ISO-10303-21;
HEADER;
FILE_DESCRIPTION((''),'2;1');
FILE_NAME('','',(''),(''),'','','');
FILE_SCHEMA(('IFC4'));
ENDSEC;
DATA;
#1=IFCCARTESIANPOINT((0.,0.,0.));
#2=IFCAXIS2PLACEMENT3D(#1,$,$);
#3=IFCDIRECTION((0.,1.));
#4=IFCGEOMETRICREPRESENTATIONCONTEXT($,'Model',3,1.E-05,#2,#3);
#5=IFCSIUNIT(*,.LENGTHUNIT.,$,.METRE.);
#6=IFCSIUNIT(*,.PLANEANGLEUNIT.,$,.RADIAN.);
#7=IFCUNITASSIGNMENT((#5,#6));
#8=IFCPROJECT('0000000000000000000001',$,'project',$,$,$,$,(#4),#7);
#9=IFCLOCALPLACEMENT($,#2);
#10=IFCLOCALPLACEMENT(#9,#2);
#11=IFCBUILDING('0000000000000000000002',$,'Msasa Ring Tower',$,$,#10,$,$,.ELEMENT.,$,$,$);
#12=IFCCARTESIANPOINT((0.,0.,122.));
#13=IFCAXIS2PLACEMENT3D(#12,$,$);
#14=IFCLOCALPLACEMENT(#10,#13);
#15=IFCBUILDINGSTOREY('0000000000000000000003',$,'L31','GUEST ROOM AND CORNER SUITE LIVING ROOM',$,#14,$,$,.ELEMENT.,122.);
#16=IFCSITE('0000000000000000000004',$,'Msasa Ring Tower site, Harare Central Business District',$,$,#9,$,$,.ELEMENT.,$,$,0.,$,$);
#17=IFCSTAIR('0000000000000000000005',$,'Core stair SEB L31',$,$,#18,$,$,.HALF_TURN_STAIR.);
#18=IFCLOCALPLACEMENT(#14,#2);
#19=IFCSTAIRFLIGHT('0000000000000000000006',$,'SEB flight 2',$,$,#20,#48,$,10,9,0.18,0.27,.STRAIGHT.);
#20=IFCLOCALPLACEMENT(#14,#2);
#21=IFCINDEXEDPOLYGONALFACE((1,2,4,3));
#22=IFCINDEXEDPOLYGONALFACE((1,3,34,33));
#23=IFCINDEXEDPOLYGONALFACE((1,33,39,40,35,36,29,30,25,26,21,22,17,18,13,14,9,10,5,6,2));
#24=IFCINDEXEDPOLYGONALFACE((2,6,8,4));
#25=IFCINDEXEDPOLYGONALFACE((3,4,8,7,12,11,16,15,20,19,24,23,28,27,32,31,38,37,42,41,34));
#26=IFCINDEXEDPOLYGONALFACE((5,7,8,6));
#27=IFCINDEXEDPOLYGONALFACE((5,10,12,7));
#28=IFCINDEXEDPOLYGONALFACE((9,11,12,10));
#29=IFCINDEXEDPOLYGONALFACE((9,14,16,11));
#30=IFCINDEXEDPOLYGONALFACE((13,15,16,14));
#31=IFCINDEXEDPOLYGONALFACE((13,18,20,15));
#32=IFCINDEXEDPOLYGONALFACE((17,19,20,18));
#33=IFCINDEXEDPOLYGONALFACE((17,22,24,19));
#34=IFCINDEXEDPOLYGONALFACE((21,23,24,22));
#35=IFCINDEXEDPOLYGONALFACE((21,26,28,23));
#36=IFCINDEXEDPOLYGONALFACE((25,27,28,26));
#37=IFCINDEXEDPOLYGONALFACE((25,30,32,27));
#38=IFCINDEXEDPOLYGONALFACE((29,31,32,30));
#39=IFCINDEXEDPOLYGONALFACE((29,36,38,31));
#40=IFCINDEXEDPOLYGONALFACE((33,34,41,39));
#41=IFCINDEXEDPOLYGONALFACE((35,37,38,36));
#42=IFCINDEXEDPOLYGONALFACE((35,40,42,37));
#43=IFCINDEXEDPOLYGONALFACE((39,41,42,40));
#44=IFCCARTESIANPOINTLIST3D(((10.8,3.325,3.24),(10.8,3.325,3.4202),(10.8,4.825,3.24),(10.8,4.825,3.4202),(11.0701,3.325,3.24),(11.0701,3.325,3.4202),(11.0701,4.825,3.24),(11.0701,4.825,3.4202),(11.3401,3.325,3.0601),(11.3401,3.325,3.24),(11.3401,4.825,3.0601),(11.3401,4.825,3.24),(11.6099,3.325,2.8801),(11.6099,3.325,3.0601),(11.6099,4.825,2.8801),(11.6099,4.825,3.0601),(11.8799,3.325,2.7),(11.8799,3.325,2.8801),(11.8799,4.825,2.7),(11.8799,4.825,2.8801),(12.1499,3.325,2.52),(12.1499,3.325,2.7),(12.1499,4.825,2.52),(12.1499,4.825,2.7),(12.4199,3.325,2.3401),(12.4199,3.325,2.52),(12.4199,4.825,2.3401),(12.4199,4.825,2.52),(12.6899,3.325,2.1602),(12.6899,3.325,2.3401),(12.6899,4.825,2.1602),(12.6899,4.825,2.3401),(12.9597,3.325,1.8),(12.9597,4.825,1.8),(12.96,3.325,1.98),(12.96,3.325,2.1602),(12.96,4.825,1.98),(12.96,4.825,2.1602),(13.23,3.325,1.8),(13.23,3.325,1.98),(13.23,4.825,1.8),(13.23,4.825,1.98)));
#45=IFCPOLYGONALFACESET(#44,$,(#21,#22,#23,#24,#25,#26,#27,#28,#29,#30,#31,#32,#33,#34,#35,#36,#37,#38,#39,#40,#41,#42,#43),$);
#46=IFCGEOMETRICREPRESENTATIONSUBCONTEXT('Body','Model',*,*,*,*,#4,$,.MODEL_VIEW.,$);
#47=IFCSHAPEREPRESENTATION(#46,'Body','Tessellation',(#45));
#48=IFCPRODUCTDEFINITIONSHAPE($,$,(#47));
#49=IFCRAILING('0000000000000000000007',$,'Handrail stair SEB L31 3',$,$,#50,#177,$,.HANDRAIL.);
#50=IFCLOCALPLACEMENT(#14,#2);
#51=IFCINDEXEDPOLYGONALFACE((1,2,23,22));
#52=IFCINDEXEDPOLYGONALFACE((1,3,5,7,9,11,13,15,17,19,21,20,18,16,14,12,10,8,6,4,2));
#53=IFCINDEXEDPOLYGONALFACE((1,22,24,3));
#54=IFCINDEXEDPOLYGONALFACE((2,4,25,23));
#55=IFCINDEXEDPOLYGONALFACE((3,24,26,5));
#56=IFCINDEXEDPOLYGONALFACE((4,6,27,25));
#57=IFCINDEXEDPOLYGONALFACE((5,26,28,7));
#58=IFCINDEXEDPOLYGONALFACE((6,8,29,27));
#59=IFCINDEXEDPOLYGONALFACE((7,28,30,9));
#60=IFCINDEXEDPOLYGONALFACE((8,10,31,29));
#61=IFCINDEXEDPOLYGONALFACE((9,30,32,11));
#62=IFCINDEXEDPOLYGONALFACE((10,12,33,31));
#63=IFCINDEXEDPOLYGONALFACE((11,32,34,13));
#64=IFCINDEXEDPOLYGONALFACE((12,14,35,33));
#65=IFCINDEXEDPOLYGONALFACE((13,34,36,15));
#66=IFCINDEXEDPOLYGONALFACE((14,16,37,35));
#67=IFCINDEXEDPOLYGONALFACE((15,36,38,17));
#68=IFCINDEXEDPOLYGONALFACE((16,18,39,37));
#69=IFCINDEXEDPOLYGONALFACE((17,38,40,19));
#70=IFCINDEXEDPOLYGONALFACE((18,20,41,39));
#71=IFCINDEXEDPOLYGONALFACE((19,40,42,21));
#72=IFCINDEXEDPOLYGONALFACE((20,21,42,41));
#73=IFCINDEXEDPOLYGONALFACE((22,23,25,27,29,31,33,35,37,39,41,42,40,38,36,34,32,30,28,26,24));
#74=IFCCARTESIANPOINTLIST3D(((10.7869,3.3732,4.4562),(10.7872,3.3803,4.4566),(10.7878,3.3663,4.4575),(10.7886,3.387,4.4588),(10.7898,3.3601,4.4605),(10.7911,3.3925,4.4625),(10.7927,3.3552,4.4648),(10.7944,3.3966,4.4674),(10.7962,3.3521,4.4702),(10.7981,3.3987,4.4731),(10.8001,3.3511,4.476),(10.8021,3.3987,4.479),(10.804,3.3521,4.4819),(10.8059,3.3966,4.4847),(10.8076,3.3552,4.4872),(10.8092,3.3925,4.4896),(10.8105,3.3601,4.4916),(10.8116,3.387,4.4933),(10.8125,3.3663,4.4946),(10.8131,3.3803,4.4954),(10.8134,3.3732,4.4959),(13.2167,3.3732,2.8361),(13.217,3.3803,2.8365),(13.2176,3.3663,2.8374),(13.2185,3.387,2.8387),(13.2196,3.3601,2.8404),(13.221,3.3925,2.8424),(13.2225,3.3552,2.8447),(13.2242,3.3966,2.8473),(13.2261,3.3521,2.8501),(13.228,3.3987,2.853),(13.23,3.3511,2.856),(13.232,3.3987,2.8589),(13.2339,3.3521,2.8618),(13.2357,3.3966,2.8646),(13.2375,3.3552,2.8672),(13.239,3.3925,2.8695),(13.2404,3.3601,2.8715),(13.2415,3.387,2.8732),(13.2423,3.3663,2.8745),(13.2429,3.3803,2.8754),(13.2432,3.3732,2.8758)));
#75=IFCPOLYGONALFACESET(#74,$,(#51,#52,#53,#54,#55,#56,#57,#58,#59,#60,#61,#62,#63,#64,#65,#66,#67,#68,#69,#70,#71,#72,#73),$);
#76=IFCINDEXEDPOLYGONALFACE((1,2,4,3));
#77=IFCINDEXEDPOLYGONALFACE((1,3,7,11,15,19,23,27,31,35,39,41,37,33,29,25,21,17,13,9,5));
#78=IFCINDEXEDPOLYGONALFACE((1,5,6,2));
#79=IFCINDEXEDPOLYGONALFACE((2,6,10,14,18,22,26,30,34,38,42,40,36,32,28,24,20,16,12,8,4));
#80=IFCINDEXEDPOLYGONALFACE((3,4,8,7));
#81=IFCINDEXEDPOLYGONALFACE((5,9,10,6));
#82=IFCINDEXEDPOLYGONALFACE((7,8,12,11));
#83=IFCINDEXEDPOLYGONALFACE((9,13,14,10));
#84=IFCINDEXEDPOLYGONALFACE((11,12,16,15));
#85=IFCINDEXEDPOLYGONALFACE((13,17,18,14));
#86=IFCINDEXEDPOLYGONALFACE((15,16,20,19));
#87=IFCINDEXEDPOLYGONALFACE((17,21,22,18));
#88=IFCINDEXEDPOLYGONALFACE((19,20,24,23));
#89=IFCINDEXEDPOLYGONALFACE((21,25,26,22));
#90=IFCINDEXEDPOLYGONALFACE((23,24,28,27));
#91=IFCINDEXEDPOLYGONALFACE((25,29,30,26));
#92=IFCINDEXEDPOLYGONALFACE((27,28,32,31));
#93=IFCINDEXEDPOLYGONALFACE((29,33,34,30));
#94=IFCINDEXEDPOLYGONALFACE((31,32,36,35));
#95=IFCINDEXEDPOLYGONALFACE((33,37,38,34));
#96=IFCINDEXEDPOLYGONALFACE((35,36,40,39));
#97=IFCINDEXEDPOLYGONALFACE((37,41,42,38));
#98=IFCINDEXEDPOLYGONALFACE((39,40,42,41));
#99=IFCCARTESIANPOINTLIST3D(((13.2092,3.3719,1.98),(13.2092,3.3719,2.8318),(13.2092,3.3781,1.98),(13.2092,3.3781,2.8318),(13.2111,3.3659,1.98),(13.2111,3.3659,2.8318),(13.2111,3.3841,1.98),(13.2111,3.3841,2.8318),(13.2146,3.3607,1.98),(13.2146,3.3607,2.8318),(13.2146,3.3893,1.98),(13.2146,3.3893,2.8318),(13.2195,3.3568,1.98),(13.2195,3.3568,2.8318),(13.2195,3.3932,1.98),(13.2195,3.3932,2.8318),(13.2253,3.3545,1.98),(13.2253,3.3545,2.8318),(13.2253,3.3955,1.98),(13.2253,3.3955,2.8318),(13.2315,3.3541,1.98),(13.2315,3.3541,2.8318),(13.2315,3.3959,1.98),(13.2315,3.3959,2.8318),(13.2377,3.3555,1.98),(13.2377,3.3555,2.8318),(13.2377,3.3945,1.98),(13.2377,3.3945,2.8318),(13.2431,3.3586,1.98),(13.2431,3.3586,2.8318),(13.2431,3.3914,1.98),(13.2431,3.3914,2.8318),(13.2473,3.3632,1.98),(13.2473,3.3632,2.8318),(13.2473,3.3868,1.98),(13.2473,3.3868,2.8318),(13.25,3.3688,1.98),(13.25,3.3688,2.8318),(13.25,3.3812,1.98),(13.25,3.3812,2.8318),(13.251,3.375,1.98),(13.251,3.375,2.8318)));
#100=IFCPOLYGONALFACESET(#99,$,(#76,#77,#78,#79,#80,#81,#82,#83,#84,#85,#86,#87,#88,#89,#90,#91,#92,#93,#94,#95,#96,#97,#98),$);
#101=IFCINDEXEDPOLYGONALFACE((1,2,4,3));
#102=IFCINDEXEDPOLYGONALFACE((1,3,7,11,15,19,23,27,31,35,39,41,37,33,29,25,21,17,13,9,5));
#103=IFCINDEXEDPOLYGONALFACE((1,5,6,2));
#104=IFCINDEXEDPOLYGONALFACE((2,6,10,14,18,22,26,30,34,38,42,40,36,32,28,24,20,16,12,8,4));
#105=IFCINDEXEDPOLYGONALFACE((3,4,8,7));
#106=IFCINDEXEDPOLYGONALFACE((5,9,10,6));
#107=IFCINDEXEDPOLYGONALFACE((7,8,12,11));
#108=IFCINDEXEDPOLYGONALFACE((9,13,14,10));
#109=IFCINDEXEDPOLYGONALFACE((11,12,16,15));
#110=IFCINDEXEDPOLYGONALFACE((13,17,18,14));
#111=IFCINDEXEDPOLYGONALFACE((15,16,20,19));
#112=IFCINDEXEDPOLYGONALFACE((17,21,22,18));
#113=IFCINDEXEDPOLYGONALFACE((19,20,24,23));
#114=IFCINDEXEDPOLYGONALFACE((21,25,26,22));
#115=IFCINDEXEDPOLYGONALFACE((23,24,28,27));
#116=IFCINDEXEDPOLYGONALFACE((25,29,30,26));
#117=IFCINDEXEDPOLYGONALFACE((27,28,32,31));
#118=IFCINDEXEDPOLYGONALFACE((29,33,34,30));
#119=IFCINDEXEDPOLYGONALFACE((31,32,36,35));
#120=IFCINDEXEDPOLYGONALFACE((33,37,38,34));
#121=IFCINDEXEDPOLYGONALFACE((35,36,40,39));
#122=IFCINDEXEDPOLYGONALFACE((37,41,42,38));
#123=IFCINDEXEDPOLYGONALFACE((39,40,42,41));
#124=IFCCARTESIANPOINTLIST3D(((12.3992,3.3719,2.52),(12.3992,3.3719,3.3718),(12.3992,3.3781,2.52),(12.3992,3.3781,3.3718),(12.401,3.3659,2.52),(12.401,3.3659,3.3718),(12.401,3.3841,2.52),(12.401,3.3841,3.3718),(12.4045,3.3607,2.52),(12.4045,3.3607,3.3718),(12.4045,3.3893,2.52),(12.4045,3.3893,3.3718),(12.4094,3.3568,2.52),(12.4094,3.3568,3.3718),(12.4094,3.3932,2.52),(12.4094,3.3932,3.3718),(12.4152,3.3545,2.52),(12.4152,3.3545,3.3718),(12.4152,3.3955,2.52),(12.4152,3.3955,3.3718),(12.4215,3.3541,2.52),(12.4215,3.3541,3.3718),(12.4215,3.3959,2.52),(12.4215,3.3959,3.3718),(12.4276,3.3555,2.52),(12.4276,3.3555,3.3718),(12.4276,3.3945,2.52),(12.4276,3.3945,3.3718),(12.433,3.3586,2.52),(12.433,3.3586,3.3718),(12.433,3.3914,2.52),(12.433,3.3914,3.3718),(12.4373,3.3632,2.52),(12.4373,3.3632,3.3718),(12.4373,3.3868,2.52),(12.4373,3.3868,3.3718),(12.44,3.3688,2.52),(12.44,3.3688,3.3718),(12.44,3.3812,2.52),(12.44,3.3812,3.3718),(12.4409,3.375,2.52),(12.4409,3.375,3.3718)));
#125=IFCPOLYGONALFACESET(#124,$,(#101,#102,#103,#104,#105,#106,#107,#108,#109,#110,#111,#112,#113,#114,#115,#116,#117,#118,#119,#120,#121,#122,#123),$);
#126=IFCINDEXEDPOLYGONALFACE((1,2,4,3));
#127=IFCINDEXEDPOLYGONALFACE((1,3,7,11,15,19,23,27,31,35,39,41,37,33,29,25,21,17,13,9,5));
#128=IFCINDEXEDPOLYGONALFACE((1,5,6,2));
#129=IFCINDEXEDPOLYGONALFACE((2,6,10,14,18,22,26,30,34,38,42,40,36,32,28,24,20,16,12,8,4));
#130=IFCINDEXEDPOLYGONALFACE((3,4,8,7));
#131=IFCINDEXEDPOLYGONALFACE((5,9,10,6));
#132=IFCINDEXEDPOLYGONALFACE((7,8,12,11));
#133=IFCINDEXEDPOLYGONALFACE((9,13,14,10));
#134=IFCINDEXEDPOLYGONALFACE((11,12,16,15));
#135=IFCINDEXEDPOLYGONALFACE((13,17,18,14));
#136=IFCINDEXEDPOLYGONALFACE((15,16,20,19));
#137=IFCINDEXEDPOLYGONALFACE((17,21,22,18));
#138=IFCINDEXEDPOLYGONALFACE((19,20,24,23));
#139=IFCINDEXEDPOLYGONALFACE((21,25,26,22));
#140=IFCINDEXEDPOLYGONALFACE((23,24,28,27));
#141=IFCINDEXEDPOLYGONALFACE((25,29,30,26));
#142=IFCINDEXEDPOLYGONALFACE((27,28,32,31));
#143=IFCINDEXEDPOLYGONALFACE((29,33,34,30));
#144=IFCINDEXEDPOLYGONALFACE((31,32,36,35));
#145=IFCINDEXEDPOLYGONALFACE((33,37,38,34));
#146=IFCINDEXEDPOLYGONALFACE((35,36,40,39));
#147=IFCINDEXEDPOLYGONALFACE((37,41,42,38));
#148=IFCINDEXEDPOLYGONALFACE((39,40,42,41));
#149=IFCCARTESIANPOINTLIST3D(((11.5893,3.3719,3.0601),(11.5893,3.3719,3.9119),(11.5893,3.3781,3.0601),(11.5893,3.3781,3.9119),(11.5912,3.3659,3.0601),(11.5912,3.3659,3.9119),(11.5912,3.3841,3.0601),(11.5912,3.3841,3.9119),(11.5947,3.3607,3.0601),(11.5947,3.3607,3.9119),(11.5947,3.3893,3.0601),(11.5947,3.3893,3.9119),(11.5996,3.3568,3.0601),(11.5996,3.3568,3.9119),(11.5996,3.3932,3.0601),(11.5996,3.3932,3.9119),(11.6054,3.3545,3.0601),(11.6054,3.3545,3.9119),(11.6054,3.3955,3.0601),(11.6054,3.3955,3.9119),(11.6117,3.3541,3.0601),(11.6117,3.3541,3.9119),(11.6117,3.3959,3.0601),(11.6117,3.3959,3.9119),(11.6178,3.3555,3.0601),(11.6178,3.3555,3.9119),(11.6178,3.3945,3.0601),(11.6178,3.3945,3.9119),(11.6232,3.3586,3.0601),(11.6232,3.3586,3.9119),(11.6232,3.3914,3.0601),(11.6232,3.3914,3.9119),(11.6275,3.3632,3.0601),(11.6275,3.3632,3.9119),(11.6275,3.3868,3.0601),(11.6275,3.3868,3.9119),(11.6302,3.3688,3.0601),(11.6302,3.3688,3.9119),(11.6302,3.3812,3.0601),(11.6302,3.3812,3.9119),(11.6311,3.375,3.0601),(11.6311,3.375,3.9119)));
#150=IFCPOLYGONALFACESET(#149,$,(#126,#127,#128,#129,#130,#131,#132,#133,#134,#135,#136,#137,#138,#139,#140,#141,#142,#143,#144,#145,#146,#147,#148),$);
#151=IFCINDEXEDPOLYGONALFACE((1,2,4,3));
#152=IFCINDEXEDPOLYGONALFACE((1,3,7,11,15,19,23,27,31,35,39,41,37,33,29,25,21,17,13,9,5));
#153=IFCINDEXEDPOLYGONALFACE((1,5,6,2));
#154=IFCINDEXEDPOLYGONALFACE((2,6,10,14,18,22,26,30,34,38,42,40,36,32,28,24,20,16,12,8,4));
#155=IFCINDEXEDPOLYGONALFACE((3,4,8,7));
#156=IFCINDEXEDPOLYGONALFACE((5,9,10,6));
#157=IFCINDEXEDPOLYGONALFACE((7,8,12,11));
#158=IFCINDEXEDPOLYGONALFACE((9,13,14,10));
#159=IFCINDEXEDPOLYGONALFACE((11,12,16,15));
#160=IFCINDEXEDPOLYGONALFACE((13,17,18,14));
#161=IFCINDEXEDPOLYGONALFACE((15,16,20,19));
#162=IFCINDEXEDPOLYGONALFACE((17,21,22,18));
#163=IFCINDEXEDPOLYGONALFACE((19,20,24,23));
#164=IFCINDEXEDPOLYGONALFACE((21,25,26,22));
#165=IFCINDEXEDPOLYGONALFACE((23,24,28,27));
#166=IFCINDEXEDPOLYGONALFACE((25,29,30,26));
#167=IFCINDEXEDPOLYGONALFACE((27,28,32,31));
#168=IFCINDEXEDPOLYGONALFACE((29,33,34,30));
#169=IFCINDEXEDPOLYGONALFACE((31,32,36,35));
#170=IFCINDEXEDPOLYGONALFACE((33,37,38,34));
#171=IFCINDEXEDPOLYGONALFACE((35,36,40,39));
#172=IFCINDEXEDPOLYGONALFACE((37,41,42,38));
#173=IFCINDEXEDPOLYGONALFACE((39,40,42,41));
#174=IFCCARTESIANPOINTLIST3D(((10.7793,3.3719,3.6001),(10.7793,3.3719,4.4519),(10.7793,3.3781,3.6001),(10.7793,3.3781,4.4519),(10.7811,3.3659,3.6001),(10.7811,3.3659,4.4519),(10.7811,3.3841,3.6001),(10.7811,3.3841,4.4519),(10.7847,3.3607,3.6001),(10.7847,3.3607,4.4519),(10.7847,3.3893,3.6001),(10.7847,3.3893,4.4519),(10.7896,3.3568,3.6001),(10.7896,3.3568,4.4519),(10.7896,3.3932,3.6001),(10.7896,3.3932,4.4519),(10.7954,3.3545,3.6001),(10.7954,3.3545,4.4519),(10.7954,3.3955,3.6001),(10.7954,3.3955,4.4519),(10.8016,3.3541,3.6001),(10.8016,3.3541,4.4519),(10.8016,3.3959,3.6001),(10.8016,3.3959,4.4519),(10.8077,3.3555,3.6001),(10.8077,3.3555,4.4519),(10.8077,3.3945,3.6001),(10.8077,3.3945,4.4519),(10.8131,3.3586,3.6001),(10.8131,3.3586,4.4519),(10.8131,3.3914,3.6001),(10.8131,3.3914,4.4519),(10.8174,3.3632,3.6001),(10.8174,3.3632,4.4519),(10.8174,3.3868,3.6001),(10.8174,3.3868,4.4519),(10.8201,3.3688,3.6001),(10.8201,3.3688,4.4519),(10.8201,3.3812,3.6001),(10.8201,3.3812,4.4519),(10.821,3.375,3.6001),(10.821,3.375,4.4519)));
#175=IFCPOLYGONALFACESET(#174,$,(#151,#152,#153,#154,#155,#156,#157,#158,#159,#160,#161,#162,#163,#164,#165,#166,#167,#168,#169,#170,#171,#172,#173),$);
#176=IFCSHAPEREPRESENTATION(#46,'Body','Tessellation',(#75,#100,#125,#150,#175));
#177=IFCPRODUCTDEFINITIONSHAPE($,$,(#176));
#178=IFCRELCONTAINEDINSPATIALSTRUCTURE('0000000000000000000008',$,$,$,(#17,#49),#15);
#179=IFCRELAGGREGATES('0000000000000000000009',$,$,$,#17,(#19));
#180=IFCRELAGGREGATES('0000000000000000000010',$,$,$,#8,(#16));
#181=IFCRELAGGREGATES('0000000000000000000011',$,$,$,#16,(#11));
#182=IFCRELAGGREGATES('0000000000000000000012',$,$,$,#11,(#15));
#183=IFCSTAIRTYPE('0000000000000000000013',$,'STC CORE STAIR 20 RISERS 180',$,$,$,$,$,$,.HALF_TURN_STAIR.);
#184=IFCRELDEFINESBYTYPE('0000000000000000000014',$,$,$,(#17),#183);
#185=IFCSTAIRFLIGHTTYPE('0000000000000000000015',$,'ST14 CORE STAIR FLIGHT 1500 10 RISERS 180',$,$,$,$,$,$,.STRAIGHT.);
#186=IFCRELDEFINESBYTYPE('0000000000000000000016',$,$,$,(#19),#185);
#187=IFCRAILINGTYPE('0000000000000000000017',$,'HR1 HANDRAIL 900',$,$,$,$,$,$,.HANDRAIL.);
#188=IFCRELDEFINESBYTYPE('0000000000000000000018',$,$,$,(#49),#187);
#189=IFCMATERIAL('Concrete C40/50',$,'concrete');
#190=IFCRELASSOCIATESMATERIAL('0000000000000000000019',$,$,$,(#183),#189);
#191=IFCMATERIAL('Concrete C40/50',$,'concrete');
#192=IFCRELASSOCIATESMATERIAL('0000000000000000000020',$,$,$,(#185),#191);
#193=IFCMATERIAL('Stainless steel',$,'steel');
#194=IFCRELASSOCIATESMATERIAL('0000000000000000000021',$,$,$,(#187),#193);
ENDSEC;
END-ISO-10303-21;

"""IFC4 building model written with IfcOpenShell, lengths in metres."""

from ifc_helpers import new_model, si_unit, direction, frame, origin, origin_2d, place, context, subcontext, project, spatial, polyline, circle, outline, extrude, material, type_object, element, aggregate, save


model = new_model("IFC4")

# Units and contexts
model_context = context("Model", 3, precision=1e-05, world=origin(), true_north=direction((0.0, 1.0)))
body_context = subcontext(model_context, "Body", "Model", "MODEL_VIEW")
ifc_project = project(units=[si_unit("LENGTHUNIT", "METRE"), si_unit("PLANEANGLEUNIT", "RADIAN")], contexts=[model_context])

# Site, building, storey
site_placement = place(None, origin())
site = spatial("IfcSite", under=ifc_project, at=site_placement, Name="Msasa Ring Tower site, Harare Central Business District", CompositionType="ELEMENT", RefElevation=0.0)
building_placement = place(site_placement, origin())
building = spatial("IfcBuilding", under=site, at=building_placement, Name="Msasa Ring Tower", CompositionType="ELEMENT")
storey_placement = place(building_placement, frame((0.0, 0.0, 122.0)))
storey = spatial("IfcBuildingStorey", under=building, at=storey_placement, Name="L31", Description="GUEST ROOM AND CORNER SUITE LIVING ROOM", CompositionType="ELEMENT", Elevation=122.0)

# Stair, stair flight
ifc_material_1 = material(Name="Concrete C40/50", Category="concrete")
stair_type = type_object("IfcStairType", Name="STC CORE STAIR 20 RISERS 180", PredefinedType="HALF_TURN_STAIR", material=ifc_material_1)
stair_placement = place(storey_placement, origin())
stair = element("IfcStair", 1, at=stair_placement, inside=storey, type_object=stair_type, Name="Core stair SEB L31", PredefinedType="HALF_TURN_STAIR")
ifc_material_2 = material(Name="Concrete C40/50", Category="concrete")
stair_flight_type = type_object("IfcStairFlightType", Name="ST14 CORE STAIR FLIGHT 1500 10 RISERS 180", PredefinedType="STRAIGHT", material=ifc_material_2)
stair_flight_placement = place(storey_placement, frame((13.23, 4.075, 1.8), z_axis=(0.0, 0.0, 1.0), x_axis=(-1.0, 0.0, 0.0)))
stair_flight = element("IfcStairFlight", 2, at=stair_flight_placement, type_object=stair_flight_type, Name="SEB flight 2", NumberOfRisers=10, NumberOfTreads=9, PredefinedType="STRAIGHT", RiserHeight=0.18, TreadLength=0.27, context=body_context, shape_type="SweptSolid", body=[
    extrude(outline(polyline([(0.0, 0.0), (0.0, 0.1799), (0.27, 0.1799), (0.27, 0.3601), (0.54, 0.3601), (0.54, 0.54), (0.8101, 0.54), (0.8101, 0.72), (1.0801, 0.72), (1.0801, 0.8999), (1.3501, 0.8999), (1.3501, 1.0801), (1.6201, 1.0801), (1.6201, 1.26), (1.8899, 1.26), (1.8899, 1.4399), (2.1599, 1.4399), (2.1599, 1.6201), (2.4299, 1.6201), (2.4299, 1.8), (2.4299, 1.4399), (0.2703, 0.0), (0.0, 0.0)])), frame((0.0, 0.75, 0.0), z_axis=(0.0, -1.0, 0.0), x_axis=(1.0, 0.0, 0.0)), (0.0, 0.0, 1.0), 1.5),
])
aggregate(stair, [stair_flight])

# Railing
ifc_material_3 = material(Name="Stainless steel", Category="steel")
railing_type = type_object("IfcRailingType", Name="HR1 HANDRAIL 900", PredefinedType="HANDRAIL", material=ifc_material_3)
for number, where, name in (
    (3, (13.23, 3.375, 1.98), "Handrail stair SEB L31 3"),
):
    element("IfcRailing", number, at=place(storey_placement, frame(where)), inside=storey, type_object=railing_type, Name=name, PredefinedType="HANDRAIL", context=body_context, shape_type="SweptSolid", body=[
        extrude(circle(Radius=0.0239, at=origin_2d()), frame((0.0, 0.0, 0.876), z_axis=(-0.832025, 0.0, 0.554739), x_axis=(0.0, -1.0, 0.0)), (0.0, 0.0, 1.0), 2.9204),
        extrude(circle(Radius=0.021, at=origin_2d()), origin(), (0.0, 0.0, 1.0), 0.8518),
        extrude(circle(Radius=0.021, at=origin_2d()), frame((-0.8101, 0.0, 0.54)), (0.0, 0.0, 1.0), 0.8518),
        extrude(circle(Radius=0.021, at=origin_2d()), frame((-1.6199, 0.0, 1.0801)), (0.0, 0.0, 1.0), 0.8518),
        extrude(circle(Radius=0.021, at=origin_2d()), frame((-2.4299, 0.0, 1.6201)), (0.0, 0.0, 1.0), 0.8518),
    ])

save(model, "model.ifc")
